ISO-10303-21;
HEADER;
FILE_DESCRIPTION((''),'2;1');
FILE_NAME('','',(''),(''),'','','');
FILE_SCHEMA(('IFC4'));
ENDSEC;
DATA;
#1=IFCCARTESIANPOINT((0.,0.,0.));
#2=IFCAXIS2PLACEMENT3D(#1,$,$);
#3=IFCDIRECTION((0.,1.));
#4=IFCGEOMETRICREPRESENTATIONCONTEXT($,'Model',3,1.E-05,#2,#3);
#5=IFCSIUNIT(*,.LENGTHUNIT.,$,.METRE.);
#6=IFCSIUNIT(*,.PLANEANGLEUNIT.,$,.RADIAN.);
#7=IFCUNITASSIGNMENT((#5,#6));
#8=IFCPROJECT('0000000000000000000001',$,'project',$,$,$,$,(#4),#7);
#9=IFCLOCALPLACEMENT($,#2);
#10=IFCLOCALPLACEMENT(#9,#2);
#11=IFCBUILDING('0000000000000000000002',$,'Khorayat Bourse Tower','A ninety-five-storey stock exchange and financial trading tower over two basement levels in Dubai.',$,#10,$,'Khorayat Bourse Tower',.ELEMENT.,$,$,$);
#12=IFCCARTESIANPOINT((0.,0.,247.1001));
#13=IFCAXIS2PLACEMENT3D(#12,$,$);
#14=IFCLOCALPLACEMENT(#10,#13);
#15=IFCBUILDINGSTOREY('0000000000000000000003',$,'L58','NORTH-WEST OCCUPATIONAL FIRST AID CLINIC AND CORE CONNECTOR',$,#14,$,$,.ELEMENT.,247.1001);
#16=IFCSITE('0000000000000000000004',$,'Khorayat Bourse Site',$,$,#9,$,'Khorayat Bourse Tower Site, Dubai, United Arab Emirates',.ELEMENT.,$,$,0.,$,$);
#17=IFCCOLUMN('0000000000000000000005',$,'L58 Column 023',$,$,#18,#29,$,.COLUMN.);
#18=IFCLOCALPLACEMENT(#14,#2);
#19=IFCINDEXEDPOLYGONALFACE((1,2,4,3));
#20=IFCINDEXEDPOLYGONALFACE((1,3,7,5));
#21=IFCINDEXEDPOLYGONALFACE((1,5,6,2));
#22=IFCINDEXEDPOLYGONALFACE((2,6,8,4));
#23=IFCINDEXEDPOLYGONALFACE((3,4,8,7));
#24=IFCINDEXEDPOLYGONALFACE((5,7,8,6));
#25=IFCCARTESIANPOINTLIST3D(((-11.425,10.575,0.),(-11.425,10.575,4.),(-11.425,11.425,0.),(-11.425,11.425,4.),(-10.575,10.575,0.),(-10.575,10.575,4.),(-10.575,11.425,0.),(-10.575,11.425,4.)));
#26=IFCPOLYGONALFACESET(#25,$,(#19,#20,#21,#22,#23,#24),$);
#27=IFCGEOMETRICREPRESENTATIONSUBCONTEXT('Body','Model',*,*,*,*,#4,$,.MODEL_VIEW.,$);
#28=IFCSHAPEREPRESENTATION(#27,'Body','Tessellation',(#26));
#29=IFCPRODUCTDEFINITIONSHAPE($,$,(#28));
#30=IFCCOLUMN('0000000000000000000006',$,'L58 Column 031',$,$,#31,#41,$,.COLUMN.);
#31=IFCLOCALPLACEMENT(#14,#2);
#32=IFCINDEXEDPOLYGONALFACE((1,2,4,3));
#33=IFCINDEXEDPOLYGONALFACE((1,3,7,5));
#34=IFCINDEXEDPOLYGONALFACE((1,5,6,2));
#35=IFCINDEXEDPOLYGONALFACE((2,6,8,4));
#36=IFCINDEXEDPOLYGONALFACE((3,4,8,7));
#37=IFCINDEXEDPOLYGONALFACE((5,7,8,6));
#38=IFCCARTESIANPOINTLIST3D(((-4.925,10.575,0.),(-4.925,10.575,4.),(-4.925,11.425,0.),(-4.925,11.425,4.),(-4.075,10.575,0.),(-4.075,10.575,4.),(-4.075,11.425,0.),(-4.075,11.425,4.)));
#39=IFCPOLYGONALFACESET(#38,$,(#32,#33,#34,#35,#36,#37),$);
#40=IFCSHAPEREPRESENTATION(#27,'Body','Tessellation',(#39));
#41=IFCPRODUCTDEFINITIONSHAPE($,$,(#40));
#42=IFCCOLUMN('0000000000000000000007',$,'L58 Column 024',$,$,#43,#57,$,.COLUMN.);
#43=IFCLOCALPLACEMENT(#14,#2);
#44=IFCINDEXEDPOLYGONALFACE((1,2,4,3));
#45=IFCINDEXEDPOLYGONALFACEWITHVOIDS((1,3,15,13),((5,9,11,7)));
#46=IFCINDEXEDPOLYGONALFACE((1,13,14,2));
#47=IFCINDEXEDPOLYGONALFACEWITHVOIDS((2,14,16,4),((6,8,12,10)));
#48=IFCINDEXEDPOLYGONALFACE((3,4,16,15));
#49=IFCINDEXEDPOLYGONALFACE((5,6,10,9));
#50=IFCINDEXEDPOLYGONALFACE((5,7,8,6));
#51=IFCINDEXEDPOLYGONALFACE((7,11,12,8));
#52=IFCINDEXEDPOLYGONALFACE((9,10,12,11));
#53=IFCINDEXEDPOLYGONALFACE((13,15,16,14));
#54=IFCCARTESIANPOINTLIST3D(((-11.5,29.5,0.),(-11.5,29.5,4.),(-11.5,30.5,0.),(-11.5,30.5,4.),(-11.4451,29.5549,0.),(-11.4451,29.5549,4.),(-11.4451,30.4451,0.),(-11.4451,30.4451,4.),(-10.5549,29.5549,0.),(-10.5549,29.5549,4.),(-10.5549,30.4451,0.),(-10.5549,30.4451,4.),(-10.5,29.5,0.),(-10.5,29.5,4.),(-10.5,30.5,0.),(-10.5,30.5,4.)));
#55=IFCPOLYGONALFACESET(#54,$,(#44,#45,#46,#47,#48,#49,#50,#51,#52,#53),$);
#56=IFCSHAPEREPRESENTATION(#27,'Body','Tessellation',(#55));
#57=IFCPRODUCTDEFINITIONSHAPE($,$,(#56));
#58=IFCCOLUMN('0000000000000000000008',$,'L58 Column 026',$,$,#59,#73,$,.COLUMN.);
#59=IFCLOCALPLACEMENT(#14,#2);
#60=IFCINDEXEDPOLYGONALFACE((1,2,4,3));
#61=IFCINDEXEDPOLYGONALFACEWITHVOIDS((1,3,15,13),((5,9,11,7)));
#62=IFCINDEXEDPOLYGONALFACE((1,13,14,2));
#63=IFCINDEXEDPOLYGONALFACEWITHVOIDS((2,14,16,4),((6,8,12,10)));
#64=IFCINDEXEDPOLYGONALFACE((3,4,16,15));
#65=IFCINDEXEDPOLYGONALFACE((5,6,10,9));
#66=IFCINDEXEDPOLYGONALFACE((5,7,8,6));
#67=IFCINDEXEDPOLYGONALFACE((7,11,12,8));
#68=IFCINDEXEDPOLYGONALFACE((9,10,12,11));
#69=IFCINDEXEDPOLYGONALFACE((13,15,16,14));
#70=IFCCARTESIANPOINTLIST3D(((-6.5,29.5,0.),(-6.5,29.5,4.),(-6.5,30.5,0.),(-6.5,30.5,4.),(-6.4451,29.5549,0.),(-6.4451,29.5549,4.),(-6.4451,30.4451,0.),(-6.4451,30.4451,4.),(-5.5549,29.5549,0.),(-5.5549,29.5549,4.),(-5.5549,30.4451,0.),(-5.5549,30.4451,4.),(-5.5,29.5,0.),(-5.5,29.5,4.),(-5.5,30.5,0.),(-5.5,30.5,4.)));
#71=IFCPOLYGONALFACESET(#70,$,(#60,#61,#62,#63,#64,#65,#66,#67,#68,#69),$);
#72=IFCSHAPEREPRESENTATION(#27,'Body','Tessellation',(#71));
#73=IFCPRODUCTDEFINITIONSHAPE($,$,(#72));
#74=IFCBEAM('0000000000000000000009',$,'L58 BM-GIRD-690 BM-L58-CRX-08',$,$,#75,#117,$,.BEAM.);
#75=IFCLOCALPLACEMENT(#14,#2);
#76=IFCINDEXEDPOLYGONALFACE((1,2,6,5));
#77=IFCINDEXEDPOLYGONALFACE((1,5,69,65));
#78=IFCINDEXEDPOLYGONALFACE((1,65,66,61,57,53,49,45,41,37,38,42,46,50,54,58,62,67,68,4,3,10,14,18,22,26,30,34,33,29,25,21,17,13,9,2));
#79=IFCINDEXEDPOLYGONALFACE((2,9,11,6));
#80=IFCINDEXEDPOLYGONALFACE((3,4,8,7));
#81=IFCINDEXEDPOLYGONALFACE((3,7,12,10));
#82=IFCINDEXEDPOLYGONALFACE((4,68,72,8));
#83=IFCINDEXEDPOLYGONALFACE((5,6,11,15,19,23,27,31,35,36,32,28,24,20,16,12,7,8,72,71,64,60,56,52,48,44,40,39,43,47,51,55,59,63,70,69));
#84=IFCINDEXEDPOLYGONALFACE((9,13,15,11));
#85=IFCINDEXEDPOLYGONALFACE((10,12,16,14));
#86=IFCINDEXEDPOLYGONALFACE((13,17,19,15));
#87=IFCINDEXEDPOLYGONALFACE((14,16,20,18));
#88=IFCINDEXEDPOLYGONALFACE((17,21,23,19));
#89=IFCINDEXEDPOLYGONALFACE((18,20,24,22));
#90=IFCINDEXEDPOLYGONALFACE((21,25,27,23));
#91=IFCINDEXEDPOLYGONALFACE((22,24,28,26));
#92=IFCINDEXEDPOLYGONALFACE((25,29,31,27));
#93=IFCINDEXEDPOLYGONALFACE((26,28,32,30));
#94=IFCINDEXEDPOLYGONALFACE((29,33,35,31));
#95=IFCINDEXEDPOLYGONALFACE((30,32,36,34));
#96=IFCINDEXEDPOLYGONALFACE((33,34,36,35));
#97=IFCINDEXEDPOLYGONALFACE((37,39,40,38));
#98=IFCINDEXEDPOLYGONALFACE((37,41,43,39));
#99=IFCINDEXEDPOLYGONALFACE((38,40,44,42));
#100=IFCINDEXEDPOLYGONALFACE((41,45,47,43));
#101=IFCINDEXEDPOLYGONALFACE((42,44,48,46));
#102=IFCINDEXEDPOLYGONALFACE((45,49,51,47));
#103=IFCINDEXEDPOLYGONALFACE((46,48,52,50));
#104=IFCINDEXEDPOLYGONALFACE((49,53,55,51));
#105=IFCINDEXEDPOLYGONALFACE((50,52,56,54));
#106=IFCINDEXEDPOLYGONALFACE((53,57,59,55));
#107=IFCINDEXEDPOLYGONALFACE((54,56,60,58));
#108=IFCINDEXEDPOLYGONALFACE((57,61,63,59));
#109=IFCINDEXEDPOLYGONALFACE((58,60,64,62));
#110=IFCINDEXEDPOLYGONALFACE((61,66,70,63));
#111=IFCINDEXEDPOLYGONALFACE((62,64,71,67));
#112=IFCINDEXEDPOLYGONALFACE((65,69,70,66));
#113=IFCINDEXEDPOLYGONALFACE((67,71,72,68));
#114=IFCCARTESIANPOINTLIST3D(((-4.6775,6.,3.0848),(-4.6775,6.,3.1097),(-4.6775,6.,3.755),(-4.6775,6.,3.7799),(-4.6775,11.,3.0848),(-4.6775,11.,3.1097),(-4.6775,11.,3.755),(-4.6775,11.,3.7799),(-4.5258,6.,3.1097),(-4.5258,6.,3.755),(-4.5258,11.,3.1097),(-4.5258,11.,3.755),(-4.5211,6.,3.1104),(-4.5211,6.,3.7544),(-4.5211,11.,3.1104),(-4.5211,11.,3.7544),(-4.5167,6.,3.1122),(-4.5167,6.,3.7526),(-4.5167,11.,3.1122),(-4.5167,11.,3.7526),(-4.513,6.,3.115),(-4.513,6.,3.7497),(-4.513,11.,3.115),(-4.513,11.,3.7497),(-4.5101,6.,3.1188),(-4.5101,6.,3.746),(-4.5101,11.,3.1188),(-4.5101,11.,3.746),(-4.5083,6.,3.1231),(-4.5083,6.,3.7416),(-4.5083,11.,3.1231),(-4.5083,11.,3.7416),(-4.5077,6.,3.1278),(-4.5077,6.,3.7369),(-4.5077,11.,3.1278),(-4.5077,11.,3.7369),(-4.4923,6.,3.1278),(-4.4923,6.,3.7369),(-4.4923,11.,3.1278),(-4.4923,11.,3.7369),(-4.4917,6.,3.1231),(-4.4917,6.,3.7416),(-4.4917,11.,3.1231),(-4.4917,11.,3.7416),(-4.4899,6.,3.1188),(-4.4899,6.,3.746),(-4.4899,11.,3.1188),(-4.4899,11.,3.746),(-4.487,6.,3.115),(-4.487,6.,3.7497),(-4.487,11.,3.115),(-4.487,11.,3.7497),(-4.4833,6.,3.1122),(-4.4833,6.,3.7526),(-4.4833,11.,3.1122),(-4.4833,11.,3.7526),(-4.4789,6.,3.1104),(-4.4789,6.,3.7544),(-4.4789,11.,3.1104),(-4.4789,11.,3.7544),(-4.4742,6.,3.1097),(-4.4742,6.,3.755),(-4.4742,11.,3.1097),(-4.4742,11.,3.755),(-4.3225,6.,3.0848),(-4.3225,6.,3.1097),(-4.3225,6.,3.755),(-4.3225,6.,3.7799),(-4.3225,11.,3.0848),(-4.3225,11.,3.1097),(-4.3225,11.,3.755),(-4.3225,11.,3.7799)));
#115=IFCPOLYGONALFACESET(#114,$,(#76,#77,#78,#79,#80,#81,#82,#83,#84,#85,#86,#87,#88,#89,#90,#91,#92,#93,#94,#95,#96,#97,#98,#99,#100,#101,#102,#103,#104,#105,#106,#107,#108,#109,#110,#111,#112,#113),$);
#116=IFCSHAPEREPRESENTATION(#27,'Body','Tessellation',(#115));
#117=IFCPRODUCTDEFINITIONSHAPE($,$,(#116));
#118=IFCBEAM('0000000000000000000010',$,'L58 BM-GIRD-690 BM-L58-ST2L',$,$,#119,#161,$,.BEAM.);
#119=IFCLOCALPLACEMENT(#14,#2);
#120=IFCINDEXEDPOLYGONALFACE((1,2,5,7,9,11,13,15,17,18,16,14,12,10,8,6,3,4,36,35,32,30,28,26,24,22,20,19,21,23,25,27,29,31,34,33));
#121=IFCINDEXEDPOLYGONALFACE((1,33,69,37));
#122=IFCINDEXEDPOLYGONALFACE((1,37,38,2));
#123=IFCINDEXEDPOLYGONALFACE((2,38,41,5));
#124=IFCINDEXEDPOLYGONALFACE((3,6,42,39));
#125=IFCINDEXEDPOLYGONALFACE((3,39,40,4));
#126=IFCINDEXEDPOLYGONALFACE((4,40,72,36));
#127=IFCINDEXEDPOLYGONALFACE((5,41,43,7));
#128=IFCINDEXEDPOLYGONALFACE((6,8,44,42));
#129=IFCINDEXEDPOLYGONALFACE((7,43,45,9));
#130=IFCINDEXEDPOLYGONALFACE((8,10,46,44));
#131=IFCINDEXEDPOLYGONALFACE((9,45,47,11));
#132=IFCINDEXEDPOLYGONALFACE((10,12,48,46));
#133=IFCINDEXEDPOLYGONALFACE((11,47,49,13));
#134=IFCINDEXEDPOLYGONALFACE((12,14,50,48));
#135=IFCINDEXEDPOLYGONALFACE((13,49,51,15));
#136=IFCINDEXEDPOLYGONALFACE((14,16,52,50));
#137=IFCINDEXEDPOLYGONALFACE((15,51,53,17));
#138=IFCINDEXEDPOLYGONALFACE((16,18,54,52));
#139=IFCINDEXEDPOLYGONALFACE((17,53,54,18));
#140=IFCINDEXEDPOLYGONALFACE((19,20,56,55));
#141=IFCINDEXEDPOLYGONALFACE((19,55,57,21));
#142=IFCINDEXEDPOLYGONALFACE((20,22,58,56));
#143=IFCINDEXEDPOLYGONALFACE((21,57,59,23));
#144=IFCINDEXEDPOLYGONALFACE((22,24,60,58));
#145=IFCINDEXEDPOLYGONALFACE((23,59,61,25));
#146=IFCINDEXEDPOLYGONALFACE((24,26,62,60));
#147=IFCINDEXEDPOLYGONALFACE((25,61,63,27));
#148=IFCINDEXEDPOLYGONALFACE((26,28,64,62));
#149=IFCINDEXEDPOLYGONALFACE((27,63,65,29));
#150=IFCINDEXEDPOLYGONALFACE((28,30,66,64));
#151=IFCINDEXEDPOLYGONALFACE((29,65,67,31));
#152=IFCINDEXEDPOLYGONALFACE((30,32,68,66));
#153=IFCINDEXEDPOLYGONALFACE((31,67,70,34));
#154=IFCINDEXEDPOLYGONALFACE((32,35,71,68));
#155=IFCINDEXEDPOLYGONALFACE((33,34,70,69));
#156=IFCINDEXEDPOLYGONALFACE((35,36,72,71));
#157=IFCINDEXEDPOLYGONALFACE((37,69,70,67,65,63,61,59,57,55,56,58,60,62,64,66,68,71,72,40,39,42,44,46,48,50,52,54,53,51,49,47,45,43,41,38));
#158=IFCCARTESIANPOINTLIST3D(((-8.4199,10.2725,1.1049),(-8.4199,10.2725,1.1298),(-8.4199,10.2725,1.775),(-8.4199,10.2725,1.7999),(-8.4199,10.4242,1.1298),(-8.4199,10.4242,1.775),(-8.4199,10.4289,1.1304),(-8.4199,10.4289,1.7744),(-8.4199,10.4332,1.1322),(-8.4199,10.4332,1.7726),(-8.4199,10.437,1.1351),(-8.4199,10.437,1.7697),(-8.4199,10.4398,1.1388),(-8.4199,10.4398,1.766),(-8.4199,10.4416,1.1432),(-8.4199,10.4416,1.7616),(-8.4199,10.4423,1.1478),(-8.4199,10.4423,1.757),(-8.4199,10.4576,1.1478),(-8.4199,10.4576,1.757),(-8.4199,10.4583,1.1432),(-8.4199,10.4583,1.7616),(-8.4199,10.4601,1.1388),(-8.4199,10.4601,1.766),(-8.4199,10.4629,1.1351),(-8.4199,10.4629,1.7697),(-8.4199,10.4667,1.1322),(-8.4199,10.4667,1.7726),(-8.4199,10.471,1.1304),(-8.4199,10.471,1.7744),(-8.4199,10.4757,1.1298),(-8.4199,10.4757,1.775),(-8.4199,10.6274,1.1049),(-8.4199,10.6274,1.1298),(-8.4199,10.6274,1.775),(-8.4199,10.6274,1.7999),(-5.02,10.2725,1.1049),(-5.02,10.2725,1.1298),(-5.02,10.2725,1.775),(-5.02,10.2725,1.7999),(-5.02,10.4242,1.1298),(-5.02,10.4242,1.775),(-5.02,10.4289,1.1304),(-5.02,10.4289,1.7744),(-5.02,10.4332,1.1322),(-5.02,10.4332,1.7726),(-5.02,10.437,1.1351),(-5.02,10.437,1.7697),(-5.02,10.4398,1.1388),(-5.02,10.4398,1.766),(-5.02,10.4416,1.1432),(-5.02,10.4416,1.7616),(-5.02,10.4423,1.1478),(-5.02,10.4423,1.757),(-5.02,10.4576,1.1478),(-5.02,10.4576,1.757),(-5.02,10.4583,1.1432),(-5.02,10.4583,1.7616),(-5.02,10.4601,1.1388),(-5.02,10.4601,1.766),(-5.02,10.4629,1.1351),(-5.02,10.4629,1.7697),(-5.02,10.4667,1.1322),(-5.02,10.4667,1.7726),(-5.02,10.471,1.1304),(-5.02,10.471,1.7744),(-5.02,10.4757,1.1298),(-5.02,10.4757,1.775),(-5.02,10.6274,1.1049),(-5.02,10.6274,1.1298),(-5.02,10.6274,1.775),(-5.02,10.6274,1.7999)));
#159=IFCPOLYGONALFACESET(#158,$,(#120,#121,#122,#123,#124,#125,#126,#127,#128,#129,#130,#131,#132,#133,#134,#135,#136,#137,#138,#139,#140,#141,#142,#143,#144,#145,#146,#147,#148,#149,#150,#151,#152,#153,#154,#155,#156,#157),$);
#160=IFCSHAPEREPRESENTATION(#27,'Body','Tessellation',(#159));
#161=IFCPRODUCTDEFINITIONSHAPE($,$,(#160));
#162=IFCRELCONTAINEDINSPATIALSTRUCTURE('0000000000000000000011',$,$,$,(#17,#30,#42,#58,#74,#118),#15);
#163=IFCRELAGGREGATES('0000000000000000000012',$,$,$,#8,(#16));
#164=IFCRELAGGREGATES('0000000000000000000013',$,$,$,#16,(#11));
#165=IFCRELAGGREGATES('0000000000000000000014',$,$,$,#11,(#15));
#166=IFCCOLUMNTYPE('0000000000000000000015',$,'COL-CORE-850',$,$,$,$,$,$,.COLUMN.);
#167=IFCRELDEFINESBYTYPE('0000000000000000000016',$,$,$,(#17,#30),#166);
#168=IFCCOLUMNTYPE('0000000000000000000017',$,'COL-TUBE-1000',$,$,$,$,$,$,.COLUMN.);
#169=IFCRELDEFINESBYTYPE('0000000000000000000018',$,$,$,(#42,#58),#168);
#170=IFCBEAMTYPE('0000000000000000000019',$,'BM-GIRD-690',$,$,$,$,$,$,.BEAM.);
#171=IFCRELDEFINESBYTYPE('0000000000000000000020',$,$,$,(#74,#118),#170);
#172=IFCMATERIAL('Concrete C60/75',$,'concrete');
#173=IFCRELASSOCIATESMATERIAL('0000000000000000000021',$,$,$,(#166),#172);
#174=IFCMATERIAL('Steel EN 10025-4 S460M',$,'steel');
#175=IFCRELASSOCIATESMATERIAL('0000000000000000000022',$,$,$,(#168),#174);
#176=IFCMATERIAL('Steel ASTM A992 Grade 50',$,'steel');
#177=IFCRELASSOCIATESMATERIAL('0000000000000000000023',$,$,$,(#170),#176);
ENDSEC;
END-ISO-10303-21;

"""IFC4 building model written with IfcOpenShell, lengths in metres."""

from ifc_helpers import new_model, si_unit, direction, frame, origin, origin_2d, place, context, subcontext, project, spatial, rectangle, hollow_rectangle, i_section, extrude, source, transform, mapped, material, material_profile, profile_set, type_object, element, save


model = new_model("IFC4")

# Units and contexts
model_context = context("Model", 3, precision=1e-05, world=origin(), true_north=direction((0.0, 1.0)))
body_context = subcontext(model_context, "Body", "Model", "MODEL_VIEW")
ifc_project = project(units=[si_unit("LENGTHUNIT", "METRE"), si_unit("PLANEANGLEUNIT", "RADIAN")], contexts=[model_context])

# Site, building, storey
site_placement = place(None, origin())
site = spatial("IfcSite", under=ifc_project, at=site_placement, Name="Khorayat Bourse Site", LongName="Khorayat Bourse Tower Site, Dubai, United Arab Emirates", CompositionType="ELEMENT", RefElevation=0.0)
building_placement = place(site_placement, origin())
building = spatial("IfcBuilding", under=site, at=building_placement, Name="Khorayat Bourse Tower", Description="A ninety-five-storey stock exchange and financial trading tower over two basement levels in Dubai.", LongName="Khorayat Bourse Tower", CompositionType="ELEMENT")
storey_placement = place(building_placement, frame((0.0, 0.0, 247.1001)))
storey = spatial("IfcBuildingStorey", under=building, at=storey_placement, Name="L58", Description="NORTH-WEST OCCUPATIONAL FIRST AID CLINIC AND CORE CONNECTOR", CompositionType="ELEMENT", Elevation=247.1001)

# Columns
ifc_material_1 = material(Name="Concrete C60/75", Category="concrete")
ifc_material_profile_1 = material_profile(ifc_material_1, rectangle(XDim=0.8501, YDim=0.8501, at=origin_2d()), Name="RC 850x850")
ifc_profile_set_1 = profile_set([ifc_material_profile_1], Name="Concrete C60/75")
column_type_1 = type_object("IfcColumnType", Name="COL-CORE-850", PredefinedType="COLUMN", material=ifc_profile_set_1)
shared_shape_1 = source(origin(), body_context, "Body", "SweptSolid", [
    extrude(rectangle(XDim=0.8501, YDim=0.8501, at=origin_2d()), origin(), (0.0, 0.0, 1.0), 4.0),
])
for number, where, z_axis, x_axis, name in (
    (1, (-11.0, 11.0, 0.0), (0.0, 0.0, 1.0), (1.0, 0.0, 0.0), "L58 Column 023"),
    (2, (-4.5, 11.0, 0.0), (0.0, 0.0, 1.0), (1.0, 0.0, 0.0), "L58 Column 031"),
):
    element("IfcColumn", number, at=place(storey_placement, frame(where, z_axis=z_axis, x_axis=x_axis)), inside=storey, type_object=column_type_1, Name=name, PredefinedType="COLUMN", context=body_context, shape_type="MappedRepresentation", body=[
        mapped(shared_shape_1, transform((0.0, 0.0, 0.0), scale=1.0)),
    ])
ifc_material_2 = material(Name="Steel EN 10025-4 S460M", Category="steel")
ifc_material_profile_2 = material_profile(ifc_material_2, hollow_rectangle(XDim=1.0, YDim=1.0, WallThickness=0.0549, at=origin_2d()), Name="BOX 1000x1000x55")
ifc_profile_set_2 = profile_set([ifc_material_profile_2], Name="Steel EN 10025-4 S460M")
column_type_2 = type_object("IfcColumnType", Name="COL-TUBE-1000", PredefinedType="COLUMN", material=ifc_profile_set_2)
shared_shape_2 = source(origin(), body_context, "Body", "SweptSolid", [
    extrude(hollow_rectangle(XDim=1.0, YDim=1.0, WallThickness=0.0549, at=origin_2d()), origin(), (0.0, 0.0, 1.0), 4.0),
])
for number, where, z_axis, x_axis, name in (
    (3, (-11.0, 30.0, 0.0), (0.0, 0.0, 1.0), (1.0, 0.0, 0.0), "L58 Column 024"),
    (4, (-6.0, 30.0, 0.0), (0.0, 0.0, 1.0), (1.0, 0.0, 0.0), "L58 Column 026"),
):
    element("IfcColumn", number, at=place(storey_placement, frame(where, z_axis=z_axis, x_axis=x_axis)), inside=storey, type_object=column_type_2, Name=name, PredefinedType="COLUMN", context=body_context, shape_type="MappedRepresentation", body=[
        mapped(shared_shape_2, transform((0.0, 0.0, 0.0), scale=1.0)),
    ])

# Beams
ifc_material_3 = material(Name="Steel ASTM A992 Grade 50", Category="steel")
ifc_material_profile_3 = material_profile(ifc_material_3, i_section(OverallWidth=0.355, OverallDepth=0.6951, WebThickness=0.0154, FlangeThickness=0.0249, FilletRadius=0.0181, at=origin_2d()), Name="W690X217")
ifc_profile_set_3 = profile_set([ifc_material_profile_3], Name="Steel ASTM A992 Grade 50")
beam_type_1 = type_object("IfcBeamType", Name="BM-GIRD-690", PredefinedType="BEAM", material=ifc_profile_set_3)
shared_shape_3 = source(origin(), body_context, "Body", "SweptSolid", [
    extrude(i_section(OverallWidth=0.355, OverallDepth=0.6951, WebThickness=0.0154, FlangeThickness=0.0249, FilletRadius=0.0181, at=origin_2d()), origin(), (0.0, 0.0, 1.0), 5.0),
])
beam_1_placement = place(storey_placement, frame((-4.5, 6.0, 3.4324), z_axis=(0.0, 1.0, 0.0), x_axis=(-1.0, 0.0, 0.0)))
element("IfcBeam", 5, at=beam_1_placement, inside=storey, type_object=beam_type_1, Name="L58 BM-GIRD-690 BM-L58-CRX-08", PredefinedType="BEAM", context=body_context, shape_type="MappedRepresentation", body=[
    mapped(shared_shape_3, transform((0.0, 0.0, 0.0), scale=1.0)),
])
shared_shape_4 = source(origin(), body_context, "Body", "SweptSolid", [
    extrude(i_section(OverallWidth=0.355, OverallDepth=0.6951, WebThickness=0.0154, FlangeThickness=0.0249, FilletRadius=0.0181, at=origin_2d()), origin(), (0.0, 0.0, 1.0), 3.3999),
])
beam_2_placement = place(storey_placement, frame((-8.4199, 10.45, 1.4524), z_axis=(1.0, 0.0, 0.0), x_axis=(0.0, 1.0, 0.0)))
element("IfcBeam", 6, at=beam_2_placement, inside=storey, type_object=beam_type_1, Name="L58 BM-GIRD-690 BM-L58-ST2L", PredefinedType="BEAM", context=body_context, shape_type="MappedRepresentation", body=[
    mapped(shared_shape_4, transform((0.0, 0.0, 0.0), scale=1.0)),
])

save(model, "model.ifc")
